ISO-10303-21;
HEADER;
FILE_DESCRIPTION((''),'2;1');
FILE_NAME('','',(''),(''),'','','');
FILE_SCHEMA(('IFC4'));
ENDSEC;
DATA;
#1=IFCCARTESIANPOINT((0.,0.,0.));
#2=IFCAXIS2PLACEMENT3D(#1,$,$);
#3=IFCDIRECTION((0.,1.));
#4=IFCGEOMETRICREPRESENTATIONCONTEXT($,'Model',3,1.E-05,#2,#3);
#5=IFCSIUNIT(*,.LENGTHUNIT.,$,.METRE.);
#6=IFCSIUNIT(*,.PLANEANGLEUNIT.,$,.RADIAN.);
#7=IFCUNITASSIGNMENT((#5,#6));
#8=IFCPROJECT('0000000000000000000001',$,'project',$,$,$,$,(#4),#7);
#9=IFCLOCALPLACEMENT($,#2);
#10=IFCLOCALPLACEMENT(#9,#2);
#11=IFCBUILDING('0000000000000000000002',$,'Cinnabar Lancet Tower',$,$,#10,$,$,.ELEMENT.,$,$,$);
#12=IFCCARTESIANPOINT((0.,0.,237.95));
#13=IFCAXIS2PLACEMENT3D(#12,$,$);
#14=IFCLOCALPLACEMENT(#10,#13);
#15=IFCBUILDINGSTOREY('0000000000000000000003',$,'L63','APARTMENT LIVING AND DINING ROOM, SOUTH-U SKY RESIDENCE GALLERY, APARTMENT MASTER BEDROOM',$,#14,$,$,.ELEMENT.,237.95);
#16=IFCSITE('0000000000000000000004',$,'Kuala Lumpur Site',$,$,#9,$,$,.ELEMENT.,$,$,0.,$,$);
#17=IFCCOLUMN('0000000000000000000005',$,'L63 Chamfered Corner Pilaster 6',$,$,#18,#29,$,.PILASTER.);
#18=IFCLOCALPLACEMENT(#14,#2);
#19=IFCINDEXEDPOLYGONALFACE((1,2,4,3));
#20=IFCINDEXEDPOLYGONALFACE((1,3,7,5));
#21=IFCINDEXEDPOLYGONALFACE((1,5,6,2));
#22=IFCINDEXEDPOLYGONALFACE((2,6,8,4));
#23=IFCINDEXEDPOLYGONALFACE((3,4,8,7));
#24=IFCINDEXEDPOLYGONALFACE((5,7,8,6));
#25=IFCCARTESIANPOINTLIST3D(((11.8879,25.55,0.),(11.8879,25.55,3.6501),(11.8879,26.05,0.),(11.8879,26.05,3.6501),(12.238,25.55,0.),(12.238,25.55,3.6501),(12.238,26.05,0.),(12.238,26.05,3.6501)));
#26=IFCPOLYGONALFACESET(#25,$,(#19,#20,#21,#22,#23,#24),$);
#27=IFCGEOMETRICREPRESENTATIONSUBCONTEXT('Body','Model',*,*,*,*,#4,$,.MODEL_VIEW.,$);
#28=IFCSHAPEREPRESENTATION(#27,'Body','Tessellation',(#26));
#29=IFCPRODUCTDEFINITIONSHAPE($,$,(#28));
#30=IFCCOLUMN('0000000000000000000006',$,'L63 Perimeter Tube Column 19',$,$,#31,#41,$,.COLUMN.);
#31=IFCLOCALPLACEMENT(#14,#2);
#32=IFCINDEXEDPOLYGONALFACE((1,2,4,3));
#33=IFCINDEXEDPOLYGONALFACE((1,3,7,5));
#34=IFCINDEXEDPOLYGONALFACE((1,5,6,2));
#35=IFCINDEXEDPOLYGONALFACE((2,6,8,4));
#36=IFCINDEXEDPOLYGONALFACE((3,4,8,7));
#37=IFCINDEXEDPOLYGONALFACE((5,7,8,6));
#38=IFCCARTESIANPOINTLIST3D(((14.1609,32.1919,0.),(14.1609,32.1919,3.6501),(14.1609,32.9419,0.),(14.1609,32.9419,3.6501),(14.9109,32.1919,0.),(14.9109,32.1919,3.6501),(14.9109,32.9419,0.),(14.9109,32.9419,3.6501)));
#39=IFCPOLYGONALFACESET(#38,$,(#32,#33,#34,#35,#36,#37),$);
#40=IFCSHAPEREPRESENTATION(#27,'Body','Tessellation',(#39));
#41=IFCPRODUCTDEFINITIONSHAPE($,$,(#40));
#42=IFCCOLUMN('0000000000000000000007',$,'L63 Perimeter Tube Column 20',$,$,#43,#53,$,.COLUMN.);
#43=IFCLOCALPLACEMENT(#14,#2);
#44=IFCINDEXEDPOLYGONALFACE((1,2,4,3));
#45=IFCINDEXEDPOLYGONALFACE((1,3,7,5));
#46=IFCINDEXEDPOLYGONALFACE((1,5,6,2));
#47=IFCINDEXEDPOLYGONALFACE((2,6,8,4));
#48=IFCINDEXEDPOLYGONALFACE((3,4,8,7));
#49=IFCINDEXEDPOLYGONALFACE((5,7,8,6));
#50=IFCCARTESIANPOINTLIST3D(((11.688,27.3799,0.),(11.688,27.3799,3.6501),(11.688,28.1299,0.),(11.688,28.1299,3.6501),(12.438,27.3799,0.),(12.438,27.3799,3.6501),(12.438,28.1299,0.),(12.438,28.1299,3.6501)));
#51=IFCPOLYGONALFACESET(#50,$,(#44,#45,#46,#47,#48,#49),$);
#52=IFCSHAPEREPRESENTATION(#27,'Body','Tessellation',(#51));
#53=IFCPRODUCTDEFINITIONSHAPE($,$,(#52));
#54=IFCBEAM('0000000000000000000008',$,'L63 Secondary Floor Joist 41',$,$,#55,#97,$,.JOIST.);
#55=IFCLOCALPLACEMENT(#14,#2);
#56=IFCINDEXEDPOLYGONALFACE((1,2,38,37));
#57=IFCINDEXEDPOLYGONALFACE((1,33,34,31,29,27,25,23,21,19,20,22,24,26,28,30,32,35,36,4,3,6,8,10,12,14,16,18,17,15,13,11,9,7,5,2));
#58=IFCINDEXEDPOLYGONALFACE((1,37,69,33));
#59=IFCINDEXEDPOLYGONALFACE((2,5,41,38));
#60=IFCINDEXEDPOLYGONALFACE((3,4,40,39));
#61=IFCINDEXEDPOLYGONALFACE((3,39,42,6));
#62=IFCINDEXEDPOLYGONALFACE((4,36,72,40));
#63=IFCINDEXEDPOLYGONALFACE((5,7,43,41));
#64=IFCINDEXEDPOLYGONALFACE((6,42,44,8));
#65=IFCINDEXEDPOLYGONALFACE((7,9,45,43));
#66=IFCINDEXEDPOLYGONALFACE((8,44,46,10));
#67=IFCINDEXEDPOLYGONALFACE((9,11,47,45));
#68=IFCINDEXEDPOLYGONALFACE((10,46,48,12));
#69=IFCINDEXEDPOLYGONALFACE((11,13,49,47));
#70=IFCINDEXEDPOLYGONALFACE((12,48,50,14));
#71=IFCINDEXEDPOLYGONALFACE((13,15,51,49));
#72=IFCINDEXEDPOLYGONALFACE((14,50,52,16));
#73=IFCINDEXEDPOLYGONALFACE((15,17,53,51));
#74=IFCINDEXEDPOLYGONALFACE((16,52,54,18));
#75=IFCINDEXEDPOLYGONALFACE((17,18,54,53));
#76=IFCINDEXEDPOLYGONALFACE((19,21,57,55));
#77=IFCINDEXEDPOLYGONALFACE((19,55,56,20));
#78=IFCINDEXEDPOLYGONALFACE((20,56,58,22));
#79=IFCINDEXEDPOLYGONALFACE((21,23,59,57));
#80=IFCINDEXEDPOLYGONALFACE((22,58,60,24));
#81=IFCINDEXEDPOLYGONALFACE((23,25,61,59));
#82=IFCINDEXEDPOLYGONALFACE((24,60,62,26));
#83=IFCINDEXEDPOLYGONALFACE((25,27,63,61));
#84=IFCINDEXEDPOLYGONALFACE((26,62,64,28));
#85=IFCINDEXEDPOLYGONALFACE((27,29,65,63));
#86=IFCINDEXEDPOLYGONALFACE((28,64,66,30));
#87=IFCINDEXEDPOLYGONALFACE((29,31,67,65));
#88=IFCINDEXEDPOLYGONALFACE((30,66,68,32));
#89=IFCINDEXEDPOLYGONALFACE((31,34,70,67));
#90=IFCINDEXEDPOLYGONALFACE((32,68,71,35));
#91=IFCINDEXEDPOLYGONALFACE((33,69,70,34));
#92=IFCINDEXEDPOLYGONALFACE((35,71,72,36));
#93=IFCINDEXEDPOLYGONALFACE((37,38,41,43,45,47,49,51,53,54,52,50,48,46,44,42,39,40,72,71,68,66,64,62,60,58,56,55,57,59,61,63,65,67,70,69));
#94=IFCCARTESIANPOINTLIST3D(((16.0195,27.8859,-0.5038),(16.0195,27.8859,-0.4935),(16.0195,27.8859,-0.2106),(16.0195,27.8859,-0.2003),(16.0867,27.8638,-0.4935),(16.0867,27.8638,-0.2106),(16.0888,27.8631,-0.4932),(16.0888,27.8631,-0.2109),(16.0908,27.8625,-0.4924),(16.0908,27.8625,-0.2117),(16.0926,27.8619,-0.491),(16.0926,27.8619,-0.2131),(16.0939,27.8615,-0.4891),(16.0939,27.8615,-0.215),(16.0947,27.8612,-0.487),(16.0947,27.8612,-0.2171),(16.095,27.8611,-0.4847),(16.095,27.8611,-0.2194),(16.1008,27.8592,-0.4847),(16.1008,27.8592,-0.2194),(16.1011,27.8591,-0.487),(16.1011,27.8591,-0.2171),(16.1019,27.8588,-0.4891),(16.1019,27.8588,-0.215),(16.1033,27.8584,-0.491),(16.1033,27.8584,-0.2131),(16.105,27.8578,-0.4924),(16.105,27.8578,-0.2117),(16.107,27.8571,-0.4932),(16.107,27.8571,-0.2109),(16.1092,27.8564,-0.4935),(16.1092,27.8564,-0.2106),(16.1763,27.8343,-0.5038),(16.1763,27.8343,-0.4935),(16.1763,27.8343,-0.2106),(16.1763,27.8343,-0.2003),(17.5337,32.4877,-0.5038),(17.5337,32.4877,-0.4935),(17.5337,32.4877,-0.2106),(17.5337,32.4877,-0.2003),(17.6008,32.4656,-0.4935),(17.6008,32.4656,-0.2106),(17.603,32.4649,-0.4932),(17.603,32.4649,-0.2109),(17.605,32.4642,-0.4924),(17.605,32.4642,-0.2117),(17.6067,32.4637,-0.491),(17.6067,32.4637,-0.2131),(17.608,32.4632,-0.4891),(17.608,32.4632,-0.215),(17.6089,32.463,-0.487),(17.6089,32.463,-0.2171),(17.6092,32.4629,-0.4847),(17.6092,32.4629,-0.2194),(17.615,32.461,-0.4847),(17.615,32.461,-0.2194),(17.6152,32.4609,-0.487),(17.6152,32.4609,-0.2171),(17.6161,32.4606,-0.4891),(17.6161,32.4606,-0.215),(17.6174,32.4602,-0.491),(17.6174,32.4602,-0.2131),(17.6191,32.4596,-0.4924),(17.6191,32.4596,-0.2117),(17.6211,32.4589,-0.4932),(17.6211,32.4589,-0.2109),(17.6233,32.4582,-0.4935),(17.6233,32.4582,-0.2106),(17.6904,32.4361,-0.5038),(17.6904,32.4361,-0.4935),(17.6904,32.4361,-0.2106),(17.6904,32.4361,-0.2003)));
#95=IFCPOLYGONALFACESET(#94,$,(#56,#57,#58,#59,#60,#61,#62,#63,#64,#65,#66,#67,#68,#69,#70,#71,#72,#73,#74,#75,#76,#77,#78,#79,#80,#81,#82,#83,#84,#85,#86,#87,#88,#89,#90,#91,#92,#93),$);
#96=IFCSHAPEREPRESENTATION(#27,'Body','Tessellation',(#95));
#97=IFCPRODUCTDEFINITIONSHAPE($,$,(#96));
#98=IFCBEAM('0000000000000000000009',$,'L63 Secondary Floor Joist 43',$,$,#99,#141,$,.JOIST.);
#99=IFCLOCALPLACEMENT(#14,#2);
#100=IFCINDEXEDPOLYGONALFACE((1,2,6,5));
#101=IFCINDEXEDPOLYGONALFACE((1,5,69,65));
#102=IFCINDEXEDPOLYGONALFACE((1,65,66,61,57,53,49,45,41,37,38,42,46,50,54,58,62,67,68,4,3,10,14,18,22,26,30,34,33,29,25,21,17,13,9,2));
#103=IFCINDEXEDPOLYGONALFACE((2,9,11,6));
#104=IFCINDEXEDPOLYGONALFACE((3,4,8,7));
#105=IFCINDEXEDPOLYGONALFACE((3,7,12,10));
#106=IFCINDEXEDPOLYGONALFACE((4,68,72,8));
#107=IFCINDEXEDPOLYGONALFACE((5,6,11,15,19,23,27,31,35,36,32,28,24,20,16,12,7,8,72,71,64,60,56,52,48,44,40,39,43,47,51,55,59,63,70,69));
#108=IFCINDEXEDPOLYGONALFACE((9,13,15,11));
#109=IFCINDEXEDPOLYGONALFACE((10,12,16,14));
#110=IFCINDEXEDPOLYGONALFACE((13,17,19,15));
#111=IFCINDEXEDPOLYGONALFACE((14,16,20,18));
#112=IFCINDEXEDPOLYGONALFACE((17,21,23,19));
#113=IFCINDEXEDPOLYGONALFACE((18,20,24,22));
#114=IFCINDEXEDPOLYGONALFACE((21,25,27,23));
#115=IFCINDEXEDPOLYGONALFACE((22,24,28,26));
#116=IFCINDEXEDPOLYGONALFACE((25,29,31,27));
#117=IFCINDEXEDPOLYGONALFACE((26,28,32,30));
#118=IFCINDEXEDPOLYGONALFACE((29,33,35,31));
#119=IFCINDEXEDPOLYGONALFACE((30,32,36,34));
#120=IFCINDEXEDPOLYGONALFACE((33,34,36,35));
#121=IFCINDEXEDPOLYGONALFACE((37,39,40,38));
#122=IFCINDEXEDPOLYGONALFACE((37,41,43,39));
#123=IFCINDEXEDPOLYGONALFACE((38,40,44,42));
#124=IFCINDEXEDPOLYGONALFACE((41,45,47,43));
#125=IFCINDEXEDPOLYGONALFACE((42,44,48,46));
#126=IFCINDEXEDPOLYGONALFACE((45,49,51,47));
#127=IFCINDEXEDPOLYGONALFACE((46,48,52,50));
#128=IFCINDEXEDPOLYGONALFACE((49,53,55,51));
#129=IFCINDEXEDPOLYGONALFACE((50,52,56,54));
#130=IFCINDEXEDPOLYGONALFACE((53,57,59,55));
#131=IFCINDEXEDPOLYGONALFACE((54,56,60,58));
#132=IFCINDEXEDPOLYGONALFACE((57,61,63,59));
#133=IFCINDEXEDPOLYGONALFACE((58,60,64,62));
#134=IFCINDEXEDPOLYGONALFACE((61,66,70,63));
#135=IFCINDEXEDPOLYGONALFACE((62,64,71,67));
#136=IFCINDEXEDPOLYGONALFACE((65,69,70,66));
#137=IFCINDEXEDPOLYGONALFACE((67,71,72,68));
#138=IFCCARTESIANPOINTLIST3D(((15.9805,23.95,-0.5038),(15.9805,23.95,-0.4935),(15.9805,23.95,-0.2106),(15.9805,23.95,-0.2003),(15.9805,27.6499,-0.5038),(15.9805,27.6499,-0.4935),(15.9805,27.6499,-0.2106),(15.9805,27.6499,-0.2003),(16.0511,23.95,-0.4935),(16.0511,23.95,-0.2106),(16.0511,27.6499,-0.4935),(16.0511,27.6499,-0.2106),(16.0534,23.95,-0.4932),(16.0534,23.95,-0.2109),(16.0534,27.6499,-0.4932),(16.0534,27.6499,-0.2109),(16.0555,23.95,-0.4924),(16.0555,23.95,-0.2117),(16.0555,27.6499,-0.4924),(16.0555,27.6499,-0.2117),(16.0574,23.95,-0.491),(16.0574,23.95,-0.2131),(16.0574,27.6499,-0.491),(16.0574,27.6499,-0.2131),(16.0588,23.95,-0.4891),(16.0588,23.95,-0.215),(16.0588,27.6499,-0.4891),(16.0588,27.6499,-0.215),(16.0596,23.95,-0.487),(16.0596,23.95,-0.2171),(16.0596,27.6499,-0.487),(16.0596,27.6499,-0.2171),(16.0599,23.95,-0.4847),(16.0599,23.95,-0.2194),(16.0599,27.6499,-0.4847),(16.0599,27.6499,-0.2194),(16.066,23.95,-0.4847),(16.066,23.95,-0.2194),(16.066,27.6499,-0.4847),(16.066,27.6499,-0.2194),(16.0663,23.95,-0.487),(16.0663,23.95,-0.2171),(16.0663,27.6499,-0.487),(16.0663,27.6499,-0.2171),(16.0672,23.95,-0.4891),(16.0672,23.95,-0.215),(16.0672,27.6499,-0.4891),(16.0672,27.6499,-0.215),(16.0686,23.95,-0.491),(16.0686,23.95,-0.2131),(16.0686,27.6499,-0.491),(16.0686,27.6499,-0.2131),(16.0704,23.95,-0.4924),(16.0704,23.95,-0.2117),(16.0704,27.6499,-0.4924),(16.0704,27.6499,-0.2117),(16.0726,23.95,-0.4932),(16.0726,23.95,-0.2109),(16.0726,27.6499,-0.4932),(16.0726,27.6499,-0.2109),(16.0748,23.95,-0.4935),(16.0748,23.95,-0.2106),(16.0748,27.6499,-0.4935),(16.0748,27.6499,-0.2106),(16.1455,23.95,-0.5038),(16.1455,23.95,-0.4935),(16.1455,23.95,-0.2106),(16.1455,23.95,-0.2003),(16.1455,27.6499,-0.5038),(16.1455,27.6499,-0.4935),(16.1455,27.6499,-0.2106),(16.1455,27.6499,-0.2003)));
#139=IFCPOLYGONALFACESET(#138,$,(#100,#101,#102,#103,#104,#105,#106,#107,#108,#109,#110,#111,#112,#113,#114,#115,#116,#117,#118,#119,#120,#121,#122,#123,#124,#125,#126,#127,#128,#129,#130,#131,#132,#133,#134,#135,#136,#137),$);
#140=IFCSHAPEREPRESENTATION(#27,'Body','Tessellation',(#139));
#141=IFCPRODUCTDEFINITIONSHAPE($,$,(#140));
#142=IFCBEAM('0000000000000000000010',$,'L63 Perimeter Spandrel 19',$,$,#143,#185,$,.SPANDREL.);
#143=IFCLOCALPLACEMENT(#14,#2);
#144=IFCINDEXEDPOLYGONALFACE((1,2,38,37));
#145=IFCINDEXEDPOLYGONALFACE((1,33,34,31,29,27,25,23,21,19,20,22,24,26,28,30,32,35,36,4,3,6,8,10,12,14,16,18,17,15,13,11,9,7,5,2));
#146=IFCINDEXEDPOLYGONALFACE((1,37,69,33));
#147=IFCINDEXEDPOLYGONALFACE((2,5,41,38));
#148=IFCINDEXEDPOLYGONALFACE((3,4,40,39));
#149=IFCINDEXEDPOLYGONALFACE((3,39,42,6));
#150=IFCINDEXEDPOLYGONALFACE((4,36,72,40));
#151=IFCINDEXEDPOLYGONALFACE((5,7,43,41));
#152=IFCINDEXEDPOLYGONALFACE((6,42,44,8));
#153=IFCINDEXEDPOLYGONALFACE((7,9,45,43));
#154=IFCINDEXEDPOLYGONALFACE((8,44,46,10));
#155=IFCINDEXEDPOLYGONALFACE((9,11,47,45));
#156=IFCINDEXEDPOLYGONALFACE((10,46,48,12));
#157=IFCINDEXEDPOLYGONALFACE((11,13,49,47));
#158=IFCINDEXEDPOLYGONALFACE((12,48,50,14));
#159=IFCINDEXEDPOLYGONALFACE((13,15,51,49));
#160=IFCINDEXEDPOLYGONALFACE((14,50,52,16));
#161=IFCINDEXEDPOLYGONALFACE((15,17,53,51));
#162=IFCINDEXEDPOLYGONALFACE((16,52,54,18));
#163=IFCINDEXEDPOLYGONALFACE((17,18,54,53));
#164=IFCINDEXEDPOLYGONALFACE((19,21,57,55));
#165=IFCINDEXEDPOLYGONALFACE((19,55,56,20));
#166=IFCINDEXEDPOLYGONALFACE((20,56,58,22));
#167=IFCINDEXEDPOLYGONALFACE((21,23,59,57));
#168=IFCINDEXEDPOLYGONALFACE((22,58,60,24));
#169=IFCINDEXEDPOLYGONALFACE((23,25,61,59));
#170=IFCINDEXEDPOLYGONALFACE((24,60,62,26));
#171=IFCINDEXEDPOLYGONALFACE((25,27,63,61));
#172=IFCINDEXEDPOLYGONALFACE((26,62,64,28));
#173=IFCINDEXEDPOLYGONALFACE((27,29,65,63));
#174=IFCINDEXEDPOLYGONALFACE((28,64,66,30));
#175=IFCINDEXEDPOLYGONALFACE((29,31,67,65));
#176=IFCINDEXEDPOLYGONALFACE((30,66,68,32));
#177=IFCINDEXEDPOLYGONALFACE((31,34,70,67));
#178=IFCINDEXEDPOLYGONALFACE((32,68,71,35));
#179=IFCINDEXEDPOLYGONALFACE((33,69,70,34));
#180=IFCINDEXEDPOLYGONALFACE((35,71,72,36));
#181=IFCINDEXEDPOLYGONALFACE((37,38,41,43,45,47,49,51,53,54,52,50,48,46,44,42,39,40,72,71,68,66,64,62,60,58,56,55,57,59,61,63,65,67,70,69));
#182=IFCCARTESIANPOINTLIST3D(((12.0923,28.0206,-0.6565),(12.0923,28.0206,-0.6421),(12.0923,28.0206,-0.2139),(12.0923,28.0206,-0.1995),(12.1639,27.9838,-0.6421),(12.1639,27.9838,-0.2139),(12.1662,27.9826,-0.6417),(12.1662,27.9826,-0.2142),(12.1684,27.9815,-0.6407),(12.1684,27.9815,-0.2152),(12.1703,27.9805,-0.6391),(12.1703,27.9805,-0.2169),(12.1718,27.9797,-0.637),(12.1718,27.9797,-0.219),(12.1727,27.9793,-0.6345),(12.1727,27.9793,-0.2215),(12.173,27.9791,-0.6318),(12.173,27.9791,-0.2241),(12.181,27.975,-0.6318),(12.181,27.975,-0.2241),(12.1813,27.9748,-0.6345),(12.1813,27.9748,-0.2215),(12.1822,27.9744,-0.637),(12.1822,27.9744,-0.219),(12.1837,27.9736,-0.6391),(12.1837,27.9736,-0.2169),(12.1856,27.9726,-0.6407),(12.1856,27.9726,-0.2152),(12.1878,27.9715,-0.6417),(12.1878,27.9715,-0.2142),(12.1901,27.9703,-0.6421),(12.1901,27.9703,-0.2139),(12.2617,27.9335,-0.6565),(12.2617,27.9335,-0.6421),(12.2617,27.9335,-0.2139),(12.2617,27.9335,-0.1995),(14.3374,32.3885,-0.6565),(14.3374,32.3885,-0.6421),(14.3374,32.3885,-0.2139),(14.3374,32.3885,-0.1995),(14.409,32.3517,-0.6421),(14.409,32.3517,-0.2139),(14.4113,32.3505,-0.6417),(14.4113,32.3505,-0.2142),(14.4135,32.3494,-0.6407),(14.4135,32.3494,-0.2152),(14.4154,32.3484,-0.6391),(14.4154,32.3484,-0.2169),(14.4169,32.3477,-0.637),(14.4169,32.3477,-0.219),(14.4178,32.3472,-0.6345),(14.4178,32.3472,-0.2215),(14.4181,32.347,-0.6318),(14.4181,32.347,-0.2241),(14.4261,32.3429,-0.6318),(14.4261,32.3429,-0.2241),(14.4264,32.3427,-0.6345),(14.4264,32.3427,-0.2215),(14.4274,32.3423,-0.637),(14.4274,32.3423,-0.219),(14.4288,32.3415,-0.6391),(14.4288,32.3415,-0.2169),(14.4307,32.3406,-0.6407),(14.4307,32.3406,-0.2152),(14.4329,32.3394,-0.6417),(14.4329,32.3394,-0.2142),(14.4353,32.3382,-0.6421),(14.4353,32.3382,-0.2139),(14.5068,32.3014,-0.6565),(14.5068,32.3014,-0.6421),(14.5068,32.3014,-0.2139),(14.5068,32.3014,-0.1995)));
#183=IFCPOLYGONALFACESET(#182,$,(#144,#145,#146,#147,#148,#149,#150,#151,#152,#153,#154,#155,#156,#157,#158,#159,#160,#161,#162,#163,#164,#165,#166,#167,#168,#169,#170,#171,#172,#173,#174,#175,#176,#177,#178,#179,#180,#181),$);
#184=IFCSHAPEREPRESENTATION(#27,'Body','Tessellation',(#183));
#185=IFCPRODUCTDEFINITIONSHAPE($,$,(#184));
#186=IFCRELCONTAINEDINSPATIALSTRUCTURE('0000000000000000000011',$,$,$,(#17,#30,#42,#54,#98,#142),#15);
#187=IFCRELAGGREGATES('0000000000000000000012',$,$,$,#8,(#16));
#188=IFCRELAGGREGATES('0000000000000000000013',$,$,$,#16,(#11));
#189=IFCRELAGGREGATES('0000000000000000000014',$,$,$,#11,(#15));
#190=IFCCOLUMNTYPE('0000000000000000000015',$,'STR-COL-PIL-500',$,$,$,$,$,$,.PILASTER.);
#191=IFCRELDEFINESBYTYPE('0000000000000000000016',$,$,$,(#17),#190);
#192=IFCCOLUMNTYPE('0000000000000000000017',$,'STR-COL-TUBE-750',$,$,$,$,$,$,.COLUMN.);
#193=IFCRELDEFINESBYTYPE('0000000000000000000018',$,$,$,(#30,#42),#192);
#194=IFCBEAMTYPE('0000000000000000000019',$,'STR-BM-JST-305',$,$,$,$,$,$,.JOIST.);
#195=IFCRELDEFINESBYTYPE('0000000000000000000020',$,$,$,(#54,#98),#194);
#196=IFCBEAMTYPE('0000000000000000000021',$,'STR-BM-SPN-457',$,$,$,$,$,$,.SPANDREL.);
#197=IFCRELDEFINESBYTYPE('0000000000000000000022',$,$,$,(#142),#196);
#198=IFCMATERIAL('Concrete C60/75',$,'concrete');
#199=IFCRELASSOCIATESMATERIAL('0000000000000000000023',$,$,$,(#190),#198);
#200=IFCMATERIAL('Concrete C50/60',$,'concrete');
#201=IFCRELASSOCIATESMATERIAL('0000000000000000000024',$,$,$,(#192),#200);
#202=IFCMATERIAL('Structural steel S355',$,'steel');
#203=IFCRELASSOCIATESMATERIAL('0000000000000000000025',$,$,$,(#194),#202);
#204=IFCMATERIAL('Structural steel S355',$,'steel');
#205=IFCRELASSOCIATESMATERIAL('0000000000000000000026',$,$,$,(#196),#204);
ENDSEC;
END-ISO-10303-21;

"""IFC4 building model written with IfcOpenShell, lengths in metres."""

from ifc_helpers import new_model, si_unit, direction, frame, origin, origin_2d, place, context, subcontext, project, spatial, rectangle, i_section, extrude, material, material_profile, profile_set, type_object, element, save


model = new_model("IFC4")

# Units and contexts
model_context = context("Model", 3, precision=1e-05, world=origin(), true_north=direction((0.0, 1.0)))
body_context = subcontext(model_context, "Body", "Model", "MODEL_VIEW")
ifc_project = project(units=[si_unit("LENGTHUNIT", "METRE"), si_unit("PLANEANGLEUNIT", "RADIAN")], contexts=[model_context])

# Site, building, storey
site_placement = place(None, origin())
site = spatial("IfcSite", under=ifc_project, at=site_placement, Name="Kuala Lumpur Site", CompositionType="ELEMENT", RefElevation=0.0)
building_placement = place(site_placement, origin())
building = spatial("IfcBuilding", under=site, at=building_placement, Name="Cinnabar Lancet Tower", CompositionType="ELEMENT")
storey_placement = place(building_placement, frame((0.0, 0.0, 237.95)))
storey = spatial("IfcBuildingStorey", under=building, at=storey_placement, Name="L63", Description="APARTMENT LIVING AND DINING ROOM, SOUTH-U SKY RESIDENCE GALLERY, APARTMENT MASTER BEDROOM", CompositionType="ELEMENT", Elevation=237.95)

# Columns
ifc_material_1 = material(Name="Concrete C60/75", Category="concrete")
ifc_material_profile_1 = material_profile(ifc_material_1, rectangle(XDim=0.5, YDim=0.3501, at=origin_2d()), Name="RC-PIL 500x350")
ifc_profile_set_1 = profile_set([ifc_material_profile_1], Name="Concrete C60/75")
column_type_1 = type_object("IfcColumnType", Name="STR-COL-PIL-500", PredefinedType="PILASTER", material=ifc_profile_set_1)
column_placement = place(storey_placement, frame((12.063, 25.8, 0.0), z_axis=(0.0, 0.0, 1.0), x_axis=(0.0, -1.0, 0.0)))
element("IfcColumn", 1, at=column_placement, inside=storey, type_object=column_type_1, Name="L63 Chamfered Corner Pilaster 6", PredefinedType="PILASTER", context=body_context, shape_type="SweptSolid", body=[
    extrude(rectangle(XDim=0.5, YDim=0.3501, at=origin_2d()), origin(), (0.0, 0.0, 1.0), 3.6501),
])
ifc_material_2 = material(Name="Concrete C50/60", Category="concrete")
ifc_material_profile_2 = material_profile(ifc_material_2, rectangle(XDim=0.75, YDim=0.75, at=origin_2d()), Name="RC-COL 750x750")
ifc_profile_set_2 = profile_set([ifc_material_profile_2], Name="Concrete C50/60")
column_type_2 = type_object("IfcColumnType", Name="STR-COL-TUBE-750", PredefinedType="COLUMN", material=ifc_profile_set_2)
for number, where, z_axis, x_axis, name in (
    (2, (14.5359, 32.5669, 0.0), (0.0, 0.0, 1.0), (1.0, 0.0, 0.0), "L63 Perimeter Tube Column 19"),
    (3, (12.063, 27.7549, 0.0), (0.0, 0.0, 1.0), (1.0, 0.0, 0.0), "L63 Perimeter Tube Column 20"),
):
    element("IfcColumn", number, at=place(storey_placement, frame(where, z_axis=z_axis, x_axis=x_axis)), inside=storey, type_object=column_type_2, Name=name, PredefinedType="COLUMN", context=body_context, shape_type="SweptSolid", body=[
        extrude(rectangle(XDim=0.75, YDim=0.75, at=origin_2d()), origin(), (0.0, 0.0, 1.0), 3.6501),
    ])

# Beams
ifc_material_3 = material(Name="Structural steel S355", Category="steel")
ifc_material_profile_3 = material_profile(ifc_material_3, i_section(OverallWidth=0.165, OverallDepth=0.3035, WebThickness=0.0061, FlangeThickness=0.0103, FilletRadius=0.0088, at=origin_2d()), Name="UKB 305x165x40")
ifc_profile_set_3 = profile_set([ifc_material_profile_3], Name="Structural steel S355")
beam_type_1 = type_object("IfcBeamType", Name="STR-BM-JST-305", PredefinedType="JOIST", material=ifc_profile_set_3)
beam_1_placement = place(storey_placement, frame((17.6121, 32.4619, -0.3521), z_axis=(-0.312552, -0.949901, 0.0), x_axis=(0.949901, -0.312552, 0.0)))
element("IfcBeam", 4, at=beam_1_placement, inside=storey, type_object=beam_type_1, Name="L63 Secondary Floor Joist 41", PredefinedType="JOIST", context=body_context, shape_type="SweptSolid", body=[
    extrude(i_section(OverallWidth=0.165, OverallDepth=0.3035, WebThickness=0.0061, FlangeThickness=0.0103, FilletRadius=0.0088, at=origin_2d()), origin(), (0.0, 0.0, 1.0), 4.8445),
])
beam_2_placement = place(storey_placement, frame((16.063, 27.6499, -0.3521), z_axis=(0.0, -1.0, 0.0), x_axis=(1.0, 0.0, 0.0)))
element("IfcBeam", 5, at=beam_2_placement, inside=storey, type_object=beam_type_1, Name="L63 Secondary Floor Joist 43", PredefinedType="JOIST", context=body_context, shape_type="SweptSolid", body=[
    extrude(i_section(OverallWidth=0.165, OverallDepth=0.3035, WebThickness=0.0061, FlangeThickness=0.0103, FilletRadius=0.0088, at=origin_2d()), origin(), (0.0, 0.0, 1.0), 3.7),
])
ifc_material_4 = material(Name="Structural steel S355", Category="steel")
ifc_material_profile_4 = material_profile(ifc_material_4, i_section(OverallWidth=0.1904, OverallDepth=0.457, WebThickness=0.009, FlangeThickness=0.0144, FilletRadius=0.0103, at=origin_2d()), Name="UKB 457x191x74")
ifc_profile_set_4 = profile_set([ifc_material_profile_4], Name="Structural steel S355")
beam_type_2 = type_object("IfcBeamType", Name="STR-BM-SPN-457", PredefinedType="SPANDREL", material=ifc_profile_set_4)
beam_3_placement = place(storey_placement, frame((14.4221, 32.345, -0.428), z_axis=(-0.457148, -0.889391, 0.0), x_axis=(0.889391, -0.457148, 0.0)))
element("IfcBeam", 6, at=beam_3_placement, inside=storey, type_object=beam_type_2, Name="L63 Perimeter Spandrel 19", PredefinedType="SPANDREL", context=body_context, shape_type="SweptSolid", body=[
    extrude(i_section(OverallWidth=0.1904, OverallDepth=0.457, WebThickness=0.009, FlangeThickness=0.0144, FilletRadius=0.0103, at=origin_2d()), origin(), (0.0, 0.0, 1.0), 4.9111),
])

save(model, "model.ifc")
